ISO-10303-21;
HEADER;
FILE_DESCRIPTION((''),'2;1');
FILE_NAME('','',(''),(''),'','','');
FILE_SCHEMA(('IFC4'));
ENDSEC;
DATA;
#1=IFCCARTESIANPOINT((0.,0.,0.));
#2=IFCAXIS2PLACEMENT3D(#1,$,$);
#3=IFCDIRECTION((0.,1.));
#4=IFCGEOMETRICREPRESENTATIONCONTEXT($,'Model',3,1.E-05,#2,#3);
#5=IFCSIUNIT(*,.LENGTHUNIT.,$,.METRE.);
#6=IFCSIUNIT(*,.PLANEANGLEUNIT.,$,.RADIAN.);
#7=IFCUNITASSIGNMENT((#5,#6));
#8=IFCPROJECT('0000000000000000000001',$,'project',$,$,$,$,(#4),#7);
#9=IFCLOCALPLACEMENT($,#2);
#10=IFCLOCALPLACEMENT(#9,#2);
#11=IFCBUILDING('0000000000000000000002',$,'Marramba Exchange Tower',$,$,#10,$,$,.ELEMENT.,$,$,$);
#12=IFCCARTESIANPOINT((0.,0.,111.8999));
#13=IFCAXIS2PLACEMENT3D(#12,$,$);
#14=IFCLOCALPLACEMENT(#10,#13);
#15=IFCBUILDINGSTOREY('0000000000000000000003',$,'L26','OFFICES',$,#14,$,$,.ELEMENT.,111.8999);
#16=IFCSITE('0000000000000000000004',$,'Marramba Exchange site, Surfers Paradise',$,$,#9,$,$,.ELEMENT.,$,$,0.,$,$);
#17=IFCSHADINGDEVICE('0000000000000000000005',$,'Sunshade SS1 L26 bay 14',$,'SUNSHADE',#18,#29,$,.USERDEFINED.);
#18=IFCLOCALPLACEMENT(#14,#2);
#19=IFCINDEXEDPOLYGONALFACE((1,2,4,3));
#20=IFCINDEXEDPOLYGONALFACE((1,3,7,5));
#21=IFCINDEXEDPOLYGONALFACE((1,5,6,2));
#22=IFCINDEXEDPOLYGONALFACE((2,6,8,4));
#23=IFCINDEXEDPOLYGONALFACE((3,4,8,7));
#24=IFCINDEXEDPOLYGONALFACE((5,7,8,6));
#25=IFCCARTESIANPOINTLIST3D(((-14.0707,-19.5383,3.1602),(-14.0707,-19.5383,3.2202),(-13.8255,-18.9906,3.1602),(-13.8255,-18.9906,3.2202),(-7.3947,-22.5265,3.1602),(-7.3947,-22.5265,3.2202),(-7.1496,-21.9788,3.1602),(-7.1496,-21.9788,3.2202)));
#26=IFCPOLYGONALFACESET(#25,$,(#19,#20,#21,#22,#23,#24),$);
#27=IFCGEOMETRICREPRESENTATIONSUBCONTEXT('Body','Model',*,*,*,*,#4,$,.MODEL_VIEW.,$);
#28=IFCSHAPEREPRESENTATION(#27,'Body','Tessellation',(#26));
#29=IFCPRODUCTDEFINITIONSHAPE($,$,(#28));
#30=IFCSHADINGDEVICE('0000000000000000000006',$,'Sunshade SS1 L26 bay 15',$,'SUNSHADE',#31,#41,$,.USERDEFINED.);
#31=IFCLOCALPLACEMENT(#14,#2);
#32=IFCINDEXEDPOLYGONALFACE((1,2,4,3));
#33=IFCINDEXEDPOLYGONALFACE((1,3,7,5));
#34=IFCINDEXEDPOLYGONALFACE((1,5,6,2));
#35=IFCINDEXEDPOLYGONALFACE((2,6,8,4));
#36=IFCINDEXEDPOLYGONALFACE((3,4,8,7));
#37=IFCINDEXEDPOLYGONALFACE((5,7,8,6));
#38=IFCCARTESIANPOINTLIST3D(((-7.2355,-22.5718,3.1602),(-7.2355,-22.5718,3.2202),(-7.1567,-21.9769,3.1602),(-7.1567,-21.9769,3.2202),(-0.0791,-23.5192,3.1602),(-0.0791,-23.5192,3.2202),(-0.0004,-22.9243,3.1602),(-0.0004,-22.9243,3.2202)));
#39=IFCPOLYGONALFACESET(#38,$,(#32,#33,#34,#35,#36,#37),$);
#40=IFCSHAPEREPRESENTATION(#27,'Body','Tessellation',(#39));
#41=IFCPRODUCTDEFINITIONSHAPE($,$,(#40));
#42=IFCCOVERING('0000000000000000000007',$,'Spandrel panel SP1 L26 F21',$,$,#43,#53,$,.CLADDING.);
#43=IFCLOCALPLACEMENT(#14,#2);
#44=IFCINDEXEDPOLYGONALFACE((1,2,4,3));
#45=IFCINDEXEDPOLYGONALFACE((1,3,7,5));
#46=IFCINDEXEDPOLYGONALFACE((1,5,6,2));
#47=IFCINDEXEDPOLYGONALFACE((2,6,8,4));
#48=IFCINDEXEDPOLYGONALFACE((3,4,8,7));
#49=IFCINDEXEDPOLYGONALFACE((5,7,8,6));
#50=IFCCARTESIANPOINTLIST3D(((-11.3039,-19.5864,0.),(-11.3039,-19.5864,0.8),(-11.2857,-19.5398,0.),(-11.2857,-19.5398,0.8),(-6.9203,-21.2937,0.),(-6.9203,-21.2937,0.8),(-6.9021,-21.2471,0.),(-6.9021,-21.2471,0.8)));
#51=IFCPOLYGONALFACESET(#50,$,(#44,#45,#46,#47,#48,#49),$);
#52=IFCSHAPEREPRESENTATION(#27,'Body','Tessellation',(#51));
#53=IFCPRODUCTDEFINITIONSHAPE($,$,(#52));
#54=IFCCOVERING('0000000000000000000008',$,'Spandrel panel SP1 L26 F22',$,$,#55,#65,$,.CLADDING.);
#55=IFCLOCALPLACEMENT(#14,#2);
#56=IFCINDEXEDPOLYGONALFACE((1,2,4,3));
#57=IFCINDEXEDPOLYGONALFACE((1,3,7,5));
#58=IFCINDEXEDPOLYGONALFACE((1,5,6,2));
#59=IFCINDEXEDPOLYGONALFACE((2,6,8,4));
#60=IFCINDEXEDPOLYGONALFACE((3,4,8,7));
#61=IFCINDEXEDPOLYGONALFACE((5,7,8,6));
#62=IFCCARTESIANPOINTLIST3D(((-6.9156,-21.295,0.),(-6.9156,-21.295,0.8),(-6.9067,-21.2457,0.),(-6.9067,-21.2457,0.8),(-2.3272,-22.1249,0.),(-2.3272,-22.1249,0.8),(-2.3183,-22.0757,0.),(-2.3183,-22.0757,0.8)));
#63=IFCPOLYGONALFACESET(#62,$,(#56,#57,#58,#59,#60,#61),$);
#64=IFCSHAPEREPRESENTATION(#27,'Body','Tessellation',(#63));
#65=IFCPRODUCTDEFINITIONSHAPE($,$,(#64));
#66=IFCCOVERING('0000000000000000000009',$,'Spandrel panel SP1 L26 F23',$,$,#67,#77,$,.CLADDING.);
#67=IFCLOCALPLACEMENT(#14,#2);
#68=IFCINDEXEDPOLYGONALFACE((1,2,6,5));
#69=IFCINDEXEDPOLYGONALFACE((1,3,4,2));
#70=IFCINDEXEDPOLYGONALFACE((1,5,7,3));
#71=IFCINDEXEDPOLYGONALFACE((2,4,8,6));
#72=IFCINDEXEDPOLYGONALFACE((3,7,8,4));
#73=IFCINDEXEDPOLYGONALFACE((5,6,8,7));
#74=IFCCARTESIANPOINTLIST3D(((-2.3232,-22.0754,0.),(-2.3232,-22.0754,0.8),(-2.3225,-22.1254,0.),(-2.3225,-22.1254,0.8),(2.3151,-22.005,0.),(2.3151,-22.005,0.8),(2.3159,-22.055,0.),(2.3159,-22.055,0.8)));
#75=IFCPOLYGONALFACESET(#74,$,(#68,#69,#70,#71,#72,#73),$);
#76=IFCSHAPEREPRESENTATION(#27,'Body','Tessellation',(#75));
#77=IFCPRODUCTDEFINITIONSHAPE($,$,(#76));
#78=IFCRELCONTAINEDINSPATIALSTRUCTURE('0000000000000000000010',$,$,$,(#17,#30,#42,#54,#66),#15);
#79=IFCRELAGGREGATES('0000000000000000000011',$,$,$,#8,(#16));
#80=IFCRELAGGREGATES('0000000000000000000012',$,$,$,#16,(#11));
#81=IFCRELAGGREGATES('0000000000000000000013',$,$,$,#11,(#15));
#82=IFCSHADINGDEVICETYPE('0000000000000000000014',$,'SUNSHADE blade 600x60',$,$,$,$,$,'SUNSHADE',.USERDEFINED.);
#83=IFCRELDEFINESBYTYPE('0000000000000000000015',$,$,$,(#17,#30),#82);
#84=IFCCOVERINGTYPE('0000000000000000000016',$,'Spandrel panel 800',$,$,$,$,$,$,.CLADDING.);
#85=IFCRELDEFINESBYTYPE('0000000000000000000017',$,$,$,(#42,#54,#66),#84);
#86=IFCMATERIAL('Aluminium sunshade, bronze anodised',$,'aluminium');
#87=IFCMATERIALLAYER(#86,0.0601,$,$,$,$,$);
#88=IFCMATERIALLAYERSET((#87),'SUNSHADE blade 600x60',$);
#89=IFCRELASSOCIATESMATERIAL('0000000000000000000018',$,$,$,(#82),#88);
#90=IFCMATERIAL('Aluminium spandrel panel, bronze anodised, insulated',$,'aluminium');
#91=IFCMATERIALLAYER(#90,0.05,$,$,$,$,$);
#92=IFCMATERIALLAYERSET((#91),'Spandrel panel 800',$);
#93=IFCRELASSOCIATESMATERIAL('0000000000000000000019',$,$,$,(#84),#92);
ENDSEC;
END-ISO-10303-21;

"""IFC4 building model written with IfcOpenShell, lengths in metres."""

from ifc_helpers import new_model, si_unit, direction, frame, origin, origin_2d, place, context, subcontext, project, spatial, rectangle, extrude, material, layer, layer_set, type_object, element, save


model = new_model("IFC4")

# Units and contexts
model_context = context("Model", 3, precision=1e-05, world=origin(), true_north=direction((0.0, 1.0)))
body_context = subcontext(model_context, "Body", "Model", "MODEL_VIEW")
ifc_project = project(units=[si_unit("LENGTHUNIT", "METRE"), si_unit("PLANEANGLEUNIT", "RADIAN")], contexts=[model_context])

# Site, building, storey
site_placement = place(None, origin())
site = spatial("IfcSite", under=ifc_project, at=site_placement, Name="Marramba Exchange site, Surfers Paradise", CompositionType="ELEMENT", RefElevation=0.0)
building_placement = place(site_placement, origin())
building = spatial("IfcBuilding", under=site, at=building_placement, Name="Marramba Exchange Tower", CompositionType="ELEMENT")
storey_placement = place(building_placement, frame((0.0, 0.0, 111.8999)))
storey = spatial("IfcBuildingStorey", under=building, at=storey_placement, Name="L26", Description="OFFICES", CompositionType="ELEMENT", Elevation=111.8999)

# Shading devices
ifc_material_1 = material(Name="Aluminium sunshade, bronze anodised", Category="aluminium")
ifc_layer_1 = layer(ifc_material_1, 0.0601)
ifc_layer_set_1 = layer_set([ifc_layer_1], Name="SUNSHADE blade 600x60")
shading_device_type_1 = type_object("IfcShadingDeviceType", Name="SUNSHADE blade 600x60", ElementType="SUNSHADE", PredefinedType="USERDEFINED", material=ifc_layer_set_1)
shading_device_1_placement = place(storey_placement, frame((-10.6101, -20.7585, 3.1602), z_axis=(0.0, 0.0, 1.0), x_axis=(0.912736, -0.40855, 0.0)))
element("IfcShadingDevice", 1, at=shading_device_1_placement, inside=storey, type_object=shading_device_type_1, Name="Sunshade SS1 L26 bay 14", ObjectType="SUNSHADE", PredefinedType="USERDEFINED", context=body_context, shape_type="SweptSolid", body=[
    extrude(rectangle(XDim=7.3142, YDim=0.6001, at=origin_2d()), origin(), (0.0, 0.0, 1.0), 0.0601),
])
shading_device_2_placement = place(storey_placement, frame((-3.6179, -22.748, 3.1602), z_axis=(0.0, 0.0, 1.0), x_axis=(0.99135, -0.131241, 0.0)))
element("IfcShadingDevice", 2, at=shading_device_2_placement, inside=storey, type_object=shading_device_type_1, Name="Sunshade SS1 L26 bay 15", ObjectType="SUNSHADE", PredefinedType="USERDEFINED", context=body_context, shape_type="SweptSolid", body=[
    extrude(rectangle(XDim=7.2188, YDim=0.6001, at=origin_2d()), origin(), (0.0, 0.0, 1.0), 0.0601),
])

# Coverings
ifc_material_2 = material(Name="Aluminium spandrel panel, bronze anodised, insulated", Category="aluminium")
ifc_layer_2 = layer(ifc_material_2, 0.05)
ifc_layer_set_2 = layer_set([ifc_layer_2], Name="Spandrel panel 800")
covering_type = type_object("IfcCoveringType", Name="Spandrel panel 800", PredefinedType="CLADDING", material=ifc_layer_set_2)
covering_1_placement = place(storey_placement, frame((-9.103, -20.4167, 0.0), z_axis=(0.0, 0.0, 1.0), x_axis=(0.931818, -0.362925, 0.0)))
element("IfcCovering", 3, at=covering_1_placement, inside=storey, type_object=covering_type, Name="Spandrel panel SP1 L26 F21", PredefinedType="CLADDING", context=body_context, shape_type="SweptSolid", body=[
    extrude(rectangle(XDim=4.7043, YDim=0.05, at=origin_2d()), origin(), (0.0, 0.0, 1.0), 0.8),
])
covering_2_placement = place(storey_placement, frame((-4.6169, -21.6853, 0.0), z_axis=(0.0, 0.0, 1.0), x_axis=(0.984032, -0.177992, 0.0)))
element("IfcCovering", 4, at=covering_2_placement, inside=storey, type_object=covering_type, Name="Spandrel panel SP1 L26 F22", PredefinedType="CLADDING", context=body_context, shape_type="SweptSolid", body=[
    extrude(rectangle(XDim=4.6628, YDim=0.05, at=origin_2d()), origin(), (0.0, 0.0, 1.0), 0.8),
])
covering_3_placement = place(storey_placement, frame((-0.0037, -22.0652, 0.0), z_axis=(0.0, 0.0, 1.0), x_axis=(0.999885, 0.015179, 0.0)))
element("IfcCovering", 5, at=covering_3_placement, inside=storey, type_object=covering_type, Name="Spandrel panel SP1 L26 F23", PredefinedType="CLADDING", context=body_context, shape_type="SweptSolid", body=[
    extrude(rectangle(XDim=4.6389, YDim=0.05, at=origin_2d()), origin(), (0.0, 0.0, 1.0), 0.8),
])

save(model, "model.ifc")
